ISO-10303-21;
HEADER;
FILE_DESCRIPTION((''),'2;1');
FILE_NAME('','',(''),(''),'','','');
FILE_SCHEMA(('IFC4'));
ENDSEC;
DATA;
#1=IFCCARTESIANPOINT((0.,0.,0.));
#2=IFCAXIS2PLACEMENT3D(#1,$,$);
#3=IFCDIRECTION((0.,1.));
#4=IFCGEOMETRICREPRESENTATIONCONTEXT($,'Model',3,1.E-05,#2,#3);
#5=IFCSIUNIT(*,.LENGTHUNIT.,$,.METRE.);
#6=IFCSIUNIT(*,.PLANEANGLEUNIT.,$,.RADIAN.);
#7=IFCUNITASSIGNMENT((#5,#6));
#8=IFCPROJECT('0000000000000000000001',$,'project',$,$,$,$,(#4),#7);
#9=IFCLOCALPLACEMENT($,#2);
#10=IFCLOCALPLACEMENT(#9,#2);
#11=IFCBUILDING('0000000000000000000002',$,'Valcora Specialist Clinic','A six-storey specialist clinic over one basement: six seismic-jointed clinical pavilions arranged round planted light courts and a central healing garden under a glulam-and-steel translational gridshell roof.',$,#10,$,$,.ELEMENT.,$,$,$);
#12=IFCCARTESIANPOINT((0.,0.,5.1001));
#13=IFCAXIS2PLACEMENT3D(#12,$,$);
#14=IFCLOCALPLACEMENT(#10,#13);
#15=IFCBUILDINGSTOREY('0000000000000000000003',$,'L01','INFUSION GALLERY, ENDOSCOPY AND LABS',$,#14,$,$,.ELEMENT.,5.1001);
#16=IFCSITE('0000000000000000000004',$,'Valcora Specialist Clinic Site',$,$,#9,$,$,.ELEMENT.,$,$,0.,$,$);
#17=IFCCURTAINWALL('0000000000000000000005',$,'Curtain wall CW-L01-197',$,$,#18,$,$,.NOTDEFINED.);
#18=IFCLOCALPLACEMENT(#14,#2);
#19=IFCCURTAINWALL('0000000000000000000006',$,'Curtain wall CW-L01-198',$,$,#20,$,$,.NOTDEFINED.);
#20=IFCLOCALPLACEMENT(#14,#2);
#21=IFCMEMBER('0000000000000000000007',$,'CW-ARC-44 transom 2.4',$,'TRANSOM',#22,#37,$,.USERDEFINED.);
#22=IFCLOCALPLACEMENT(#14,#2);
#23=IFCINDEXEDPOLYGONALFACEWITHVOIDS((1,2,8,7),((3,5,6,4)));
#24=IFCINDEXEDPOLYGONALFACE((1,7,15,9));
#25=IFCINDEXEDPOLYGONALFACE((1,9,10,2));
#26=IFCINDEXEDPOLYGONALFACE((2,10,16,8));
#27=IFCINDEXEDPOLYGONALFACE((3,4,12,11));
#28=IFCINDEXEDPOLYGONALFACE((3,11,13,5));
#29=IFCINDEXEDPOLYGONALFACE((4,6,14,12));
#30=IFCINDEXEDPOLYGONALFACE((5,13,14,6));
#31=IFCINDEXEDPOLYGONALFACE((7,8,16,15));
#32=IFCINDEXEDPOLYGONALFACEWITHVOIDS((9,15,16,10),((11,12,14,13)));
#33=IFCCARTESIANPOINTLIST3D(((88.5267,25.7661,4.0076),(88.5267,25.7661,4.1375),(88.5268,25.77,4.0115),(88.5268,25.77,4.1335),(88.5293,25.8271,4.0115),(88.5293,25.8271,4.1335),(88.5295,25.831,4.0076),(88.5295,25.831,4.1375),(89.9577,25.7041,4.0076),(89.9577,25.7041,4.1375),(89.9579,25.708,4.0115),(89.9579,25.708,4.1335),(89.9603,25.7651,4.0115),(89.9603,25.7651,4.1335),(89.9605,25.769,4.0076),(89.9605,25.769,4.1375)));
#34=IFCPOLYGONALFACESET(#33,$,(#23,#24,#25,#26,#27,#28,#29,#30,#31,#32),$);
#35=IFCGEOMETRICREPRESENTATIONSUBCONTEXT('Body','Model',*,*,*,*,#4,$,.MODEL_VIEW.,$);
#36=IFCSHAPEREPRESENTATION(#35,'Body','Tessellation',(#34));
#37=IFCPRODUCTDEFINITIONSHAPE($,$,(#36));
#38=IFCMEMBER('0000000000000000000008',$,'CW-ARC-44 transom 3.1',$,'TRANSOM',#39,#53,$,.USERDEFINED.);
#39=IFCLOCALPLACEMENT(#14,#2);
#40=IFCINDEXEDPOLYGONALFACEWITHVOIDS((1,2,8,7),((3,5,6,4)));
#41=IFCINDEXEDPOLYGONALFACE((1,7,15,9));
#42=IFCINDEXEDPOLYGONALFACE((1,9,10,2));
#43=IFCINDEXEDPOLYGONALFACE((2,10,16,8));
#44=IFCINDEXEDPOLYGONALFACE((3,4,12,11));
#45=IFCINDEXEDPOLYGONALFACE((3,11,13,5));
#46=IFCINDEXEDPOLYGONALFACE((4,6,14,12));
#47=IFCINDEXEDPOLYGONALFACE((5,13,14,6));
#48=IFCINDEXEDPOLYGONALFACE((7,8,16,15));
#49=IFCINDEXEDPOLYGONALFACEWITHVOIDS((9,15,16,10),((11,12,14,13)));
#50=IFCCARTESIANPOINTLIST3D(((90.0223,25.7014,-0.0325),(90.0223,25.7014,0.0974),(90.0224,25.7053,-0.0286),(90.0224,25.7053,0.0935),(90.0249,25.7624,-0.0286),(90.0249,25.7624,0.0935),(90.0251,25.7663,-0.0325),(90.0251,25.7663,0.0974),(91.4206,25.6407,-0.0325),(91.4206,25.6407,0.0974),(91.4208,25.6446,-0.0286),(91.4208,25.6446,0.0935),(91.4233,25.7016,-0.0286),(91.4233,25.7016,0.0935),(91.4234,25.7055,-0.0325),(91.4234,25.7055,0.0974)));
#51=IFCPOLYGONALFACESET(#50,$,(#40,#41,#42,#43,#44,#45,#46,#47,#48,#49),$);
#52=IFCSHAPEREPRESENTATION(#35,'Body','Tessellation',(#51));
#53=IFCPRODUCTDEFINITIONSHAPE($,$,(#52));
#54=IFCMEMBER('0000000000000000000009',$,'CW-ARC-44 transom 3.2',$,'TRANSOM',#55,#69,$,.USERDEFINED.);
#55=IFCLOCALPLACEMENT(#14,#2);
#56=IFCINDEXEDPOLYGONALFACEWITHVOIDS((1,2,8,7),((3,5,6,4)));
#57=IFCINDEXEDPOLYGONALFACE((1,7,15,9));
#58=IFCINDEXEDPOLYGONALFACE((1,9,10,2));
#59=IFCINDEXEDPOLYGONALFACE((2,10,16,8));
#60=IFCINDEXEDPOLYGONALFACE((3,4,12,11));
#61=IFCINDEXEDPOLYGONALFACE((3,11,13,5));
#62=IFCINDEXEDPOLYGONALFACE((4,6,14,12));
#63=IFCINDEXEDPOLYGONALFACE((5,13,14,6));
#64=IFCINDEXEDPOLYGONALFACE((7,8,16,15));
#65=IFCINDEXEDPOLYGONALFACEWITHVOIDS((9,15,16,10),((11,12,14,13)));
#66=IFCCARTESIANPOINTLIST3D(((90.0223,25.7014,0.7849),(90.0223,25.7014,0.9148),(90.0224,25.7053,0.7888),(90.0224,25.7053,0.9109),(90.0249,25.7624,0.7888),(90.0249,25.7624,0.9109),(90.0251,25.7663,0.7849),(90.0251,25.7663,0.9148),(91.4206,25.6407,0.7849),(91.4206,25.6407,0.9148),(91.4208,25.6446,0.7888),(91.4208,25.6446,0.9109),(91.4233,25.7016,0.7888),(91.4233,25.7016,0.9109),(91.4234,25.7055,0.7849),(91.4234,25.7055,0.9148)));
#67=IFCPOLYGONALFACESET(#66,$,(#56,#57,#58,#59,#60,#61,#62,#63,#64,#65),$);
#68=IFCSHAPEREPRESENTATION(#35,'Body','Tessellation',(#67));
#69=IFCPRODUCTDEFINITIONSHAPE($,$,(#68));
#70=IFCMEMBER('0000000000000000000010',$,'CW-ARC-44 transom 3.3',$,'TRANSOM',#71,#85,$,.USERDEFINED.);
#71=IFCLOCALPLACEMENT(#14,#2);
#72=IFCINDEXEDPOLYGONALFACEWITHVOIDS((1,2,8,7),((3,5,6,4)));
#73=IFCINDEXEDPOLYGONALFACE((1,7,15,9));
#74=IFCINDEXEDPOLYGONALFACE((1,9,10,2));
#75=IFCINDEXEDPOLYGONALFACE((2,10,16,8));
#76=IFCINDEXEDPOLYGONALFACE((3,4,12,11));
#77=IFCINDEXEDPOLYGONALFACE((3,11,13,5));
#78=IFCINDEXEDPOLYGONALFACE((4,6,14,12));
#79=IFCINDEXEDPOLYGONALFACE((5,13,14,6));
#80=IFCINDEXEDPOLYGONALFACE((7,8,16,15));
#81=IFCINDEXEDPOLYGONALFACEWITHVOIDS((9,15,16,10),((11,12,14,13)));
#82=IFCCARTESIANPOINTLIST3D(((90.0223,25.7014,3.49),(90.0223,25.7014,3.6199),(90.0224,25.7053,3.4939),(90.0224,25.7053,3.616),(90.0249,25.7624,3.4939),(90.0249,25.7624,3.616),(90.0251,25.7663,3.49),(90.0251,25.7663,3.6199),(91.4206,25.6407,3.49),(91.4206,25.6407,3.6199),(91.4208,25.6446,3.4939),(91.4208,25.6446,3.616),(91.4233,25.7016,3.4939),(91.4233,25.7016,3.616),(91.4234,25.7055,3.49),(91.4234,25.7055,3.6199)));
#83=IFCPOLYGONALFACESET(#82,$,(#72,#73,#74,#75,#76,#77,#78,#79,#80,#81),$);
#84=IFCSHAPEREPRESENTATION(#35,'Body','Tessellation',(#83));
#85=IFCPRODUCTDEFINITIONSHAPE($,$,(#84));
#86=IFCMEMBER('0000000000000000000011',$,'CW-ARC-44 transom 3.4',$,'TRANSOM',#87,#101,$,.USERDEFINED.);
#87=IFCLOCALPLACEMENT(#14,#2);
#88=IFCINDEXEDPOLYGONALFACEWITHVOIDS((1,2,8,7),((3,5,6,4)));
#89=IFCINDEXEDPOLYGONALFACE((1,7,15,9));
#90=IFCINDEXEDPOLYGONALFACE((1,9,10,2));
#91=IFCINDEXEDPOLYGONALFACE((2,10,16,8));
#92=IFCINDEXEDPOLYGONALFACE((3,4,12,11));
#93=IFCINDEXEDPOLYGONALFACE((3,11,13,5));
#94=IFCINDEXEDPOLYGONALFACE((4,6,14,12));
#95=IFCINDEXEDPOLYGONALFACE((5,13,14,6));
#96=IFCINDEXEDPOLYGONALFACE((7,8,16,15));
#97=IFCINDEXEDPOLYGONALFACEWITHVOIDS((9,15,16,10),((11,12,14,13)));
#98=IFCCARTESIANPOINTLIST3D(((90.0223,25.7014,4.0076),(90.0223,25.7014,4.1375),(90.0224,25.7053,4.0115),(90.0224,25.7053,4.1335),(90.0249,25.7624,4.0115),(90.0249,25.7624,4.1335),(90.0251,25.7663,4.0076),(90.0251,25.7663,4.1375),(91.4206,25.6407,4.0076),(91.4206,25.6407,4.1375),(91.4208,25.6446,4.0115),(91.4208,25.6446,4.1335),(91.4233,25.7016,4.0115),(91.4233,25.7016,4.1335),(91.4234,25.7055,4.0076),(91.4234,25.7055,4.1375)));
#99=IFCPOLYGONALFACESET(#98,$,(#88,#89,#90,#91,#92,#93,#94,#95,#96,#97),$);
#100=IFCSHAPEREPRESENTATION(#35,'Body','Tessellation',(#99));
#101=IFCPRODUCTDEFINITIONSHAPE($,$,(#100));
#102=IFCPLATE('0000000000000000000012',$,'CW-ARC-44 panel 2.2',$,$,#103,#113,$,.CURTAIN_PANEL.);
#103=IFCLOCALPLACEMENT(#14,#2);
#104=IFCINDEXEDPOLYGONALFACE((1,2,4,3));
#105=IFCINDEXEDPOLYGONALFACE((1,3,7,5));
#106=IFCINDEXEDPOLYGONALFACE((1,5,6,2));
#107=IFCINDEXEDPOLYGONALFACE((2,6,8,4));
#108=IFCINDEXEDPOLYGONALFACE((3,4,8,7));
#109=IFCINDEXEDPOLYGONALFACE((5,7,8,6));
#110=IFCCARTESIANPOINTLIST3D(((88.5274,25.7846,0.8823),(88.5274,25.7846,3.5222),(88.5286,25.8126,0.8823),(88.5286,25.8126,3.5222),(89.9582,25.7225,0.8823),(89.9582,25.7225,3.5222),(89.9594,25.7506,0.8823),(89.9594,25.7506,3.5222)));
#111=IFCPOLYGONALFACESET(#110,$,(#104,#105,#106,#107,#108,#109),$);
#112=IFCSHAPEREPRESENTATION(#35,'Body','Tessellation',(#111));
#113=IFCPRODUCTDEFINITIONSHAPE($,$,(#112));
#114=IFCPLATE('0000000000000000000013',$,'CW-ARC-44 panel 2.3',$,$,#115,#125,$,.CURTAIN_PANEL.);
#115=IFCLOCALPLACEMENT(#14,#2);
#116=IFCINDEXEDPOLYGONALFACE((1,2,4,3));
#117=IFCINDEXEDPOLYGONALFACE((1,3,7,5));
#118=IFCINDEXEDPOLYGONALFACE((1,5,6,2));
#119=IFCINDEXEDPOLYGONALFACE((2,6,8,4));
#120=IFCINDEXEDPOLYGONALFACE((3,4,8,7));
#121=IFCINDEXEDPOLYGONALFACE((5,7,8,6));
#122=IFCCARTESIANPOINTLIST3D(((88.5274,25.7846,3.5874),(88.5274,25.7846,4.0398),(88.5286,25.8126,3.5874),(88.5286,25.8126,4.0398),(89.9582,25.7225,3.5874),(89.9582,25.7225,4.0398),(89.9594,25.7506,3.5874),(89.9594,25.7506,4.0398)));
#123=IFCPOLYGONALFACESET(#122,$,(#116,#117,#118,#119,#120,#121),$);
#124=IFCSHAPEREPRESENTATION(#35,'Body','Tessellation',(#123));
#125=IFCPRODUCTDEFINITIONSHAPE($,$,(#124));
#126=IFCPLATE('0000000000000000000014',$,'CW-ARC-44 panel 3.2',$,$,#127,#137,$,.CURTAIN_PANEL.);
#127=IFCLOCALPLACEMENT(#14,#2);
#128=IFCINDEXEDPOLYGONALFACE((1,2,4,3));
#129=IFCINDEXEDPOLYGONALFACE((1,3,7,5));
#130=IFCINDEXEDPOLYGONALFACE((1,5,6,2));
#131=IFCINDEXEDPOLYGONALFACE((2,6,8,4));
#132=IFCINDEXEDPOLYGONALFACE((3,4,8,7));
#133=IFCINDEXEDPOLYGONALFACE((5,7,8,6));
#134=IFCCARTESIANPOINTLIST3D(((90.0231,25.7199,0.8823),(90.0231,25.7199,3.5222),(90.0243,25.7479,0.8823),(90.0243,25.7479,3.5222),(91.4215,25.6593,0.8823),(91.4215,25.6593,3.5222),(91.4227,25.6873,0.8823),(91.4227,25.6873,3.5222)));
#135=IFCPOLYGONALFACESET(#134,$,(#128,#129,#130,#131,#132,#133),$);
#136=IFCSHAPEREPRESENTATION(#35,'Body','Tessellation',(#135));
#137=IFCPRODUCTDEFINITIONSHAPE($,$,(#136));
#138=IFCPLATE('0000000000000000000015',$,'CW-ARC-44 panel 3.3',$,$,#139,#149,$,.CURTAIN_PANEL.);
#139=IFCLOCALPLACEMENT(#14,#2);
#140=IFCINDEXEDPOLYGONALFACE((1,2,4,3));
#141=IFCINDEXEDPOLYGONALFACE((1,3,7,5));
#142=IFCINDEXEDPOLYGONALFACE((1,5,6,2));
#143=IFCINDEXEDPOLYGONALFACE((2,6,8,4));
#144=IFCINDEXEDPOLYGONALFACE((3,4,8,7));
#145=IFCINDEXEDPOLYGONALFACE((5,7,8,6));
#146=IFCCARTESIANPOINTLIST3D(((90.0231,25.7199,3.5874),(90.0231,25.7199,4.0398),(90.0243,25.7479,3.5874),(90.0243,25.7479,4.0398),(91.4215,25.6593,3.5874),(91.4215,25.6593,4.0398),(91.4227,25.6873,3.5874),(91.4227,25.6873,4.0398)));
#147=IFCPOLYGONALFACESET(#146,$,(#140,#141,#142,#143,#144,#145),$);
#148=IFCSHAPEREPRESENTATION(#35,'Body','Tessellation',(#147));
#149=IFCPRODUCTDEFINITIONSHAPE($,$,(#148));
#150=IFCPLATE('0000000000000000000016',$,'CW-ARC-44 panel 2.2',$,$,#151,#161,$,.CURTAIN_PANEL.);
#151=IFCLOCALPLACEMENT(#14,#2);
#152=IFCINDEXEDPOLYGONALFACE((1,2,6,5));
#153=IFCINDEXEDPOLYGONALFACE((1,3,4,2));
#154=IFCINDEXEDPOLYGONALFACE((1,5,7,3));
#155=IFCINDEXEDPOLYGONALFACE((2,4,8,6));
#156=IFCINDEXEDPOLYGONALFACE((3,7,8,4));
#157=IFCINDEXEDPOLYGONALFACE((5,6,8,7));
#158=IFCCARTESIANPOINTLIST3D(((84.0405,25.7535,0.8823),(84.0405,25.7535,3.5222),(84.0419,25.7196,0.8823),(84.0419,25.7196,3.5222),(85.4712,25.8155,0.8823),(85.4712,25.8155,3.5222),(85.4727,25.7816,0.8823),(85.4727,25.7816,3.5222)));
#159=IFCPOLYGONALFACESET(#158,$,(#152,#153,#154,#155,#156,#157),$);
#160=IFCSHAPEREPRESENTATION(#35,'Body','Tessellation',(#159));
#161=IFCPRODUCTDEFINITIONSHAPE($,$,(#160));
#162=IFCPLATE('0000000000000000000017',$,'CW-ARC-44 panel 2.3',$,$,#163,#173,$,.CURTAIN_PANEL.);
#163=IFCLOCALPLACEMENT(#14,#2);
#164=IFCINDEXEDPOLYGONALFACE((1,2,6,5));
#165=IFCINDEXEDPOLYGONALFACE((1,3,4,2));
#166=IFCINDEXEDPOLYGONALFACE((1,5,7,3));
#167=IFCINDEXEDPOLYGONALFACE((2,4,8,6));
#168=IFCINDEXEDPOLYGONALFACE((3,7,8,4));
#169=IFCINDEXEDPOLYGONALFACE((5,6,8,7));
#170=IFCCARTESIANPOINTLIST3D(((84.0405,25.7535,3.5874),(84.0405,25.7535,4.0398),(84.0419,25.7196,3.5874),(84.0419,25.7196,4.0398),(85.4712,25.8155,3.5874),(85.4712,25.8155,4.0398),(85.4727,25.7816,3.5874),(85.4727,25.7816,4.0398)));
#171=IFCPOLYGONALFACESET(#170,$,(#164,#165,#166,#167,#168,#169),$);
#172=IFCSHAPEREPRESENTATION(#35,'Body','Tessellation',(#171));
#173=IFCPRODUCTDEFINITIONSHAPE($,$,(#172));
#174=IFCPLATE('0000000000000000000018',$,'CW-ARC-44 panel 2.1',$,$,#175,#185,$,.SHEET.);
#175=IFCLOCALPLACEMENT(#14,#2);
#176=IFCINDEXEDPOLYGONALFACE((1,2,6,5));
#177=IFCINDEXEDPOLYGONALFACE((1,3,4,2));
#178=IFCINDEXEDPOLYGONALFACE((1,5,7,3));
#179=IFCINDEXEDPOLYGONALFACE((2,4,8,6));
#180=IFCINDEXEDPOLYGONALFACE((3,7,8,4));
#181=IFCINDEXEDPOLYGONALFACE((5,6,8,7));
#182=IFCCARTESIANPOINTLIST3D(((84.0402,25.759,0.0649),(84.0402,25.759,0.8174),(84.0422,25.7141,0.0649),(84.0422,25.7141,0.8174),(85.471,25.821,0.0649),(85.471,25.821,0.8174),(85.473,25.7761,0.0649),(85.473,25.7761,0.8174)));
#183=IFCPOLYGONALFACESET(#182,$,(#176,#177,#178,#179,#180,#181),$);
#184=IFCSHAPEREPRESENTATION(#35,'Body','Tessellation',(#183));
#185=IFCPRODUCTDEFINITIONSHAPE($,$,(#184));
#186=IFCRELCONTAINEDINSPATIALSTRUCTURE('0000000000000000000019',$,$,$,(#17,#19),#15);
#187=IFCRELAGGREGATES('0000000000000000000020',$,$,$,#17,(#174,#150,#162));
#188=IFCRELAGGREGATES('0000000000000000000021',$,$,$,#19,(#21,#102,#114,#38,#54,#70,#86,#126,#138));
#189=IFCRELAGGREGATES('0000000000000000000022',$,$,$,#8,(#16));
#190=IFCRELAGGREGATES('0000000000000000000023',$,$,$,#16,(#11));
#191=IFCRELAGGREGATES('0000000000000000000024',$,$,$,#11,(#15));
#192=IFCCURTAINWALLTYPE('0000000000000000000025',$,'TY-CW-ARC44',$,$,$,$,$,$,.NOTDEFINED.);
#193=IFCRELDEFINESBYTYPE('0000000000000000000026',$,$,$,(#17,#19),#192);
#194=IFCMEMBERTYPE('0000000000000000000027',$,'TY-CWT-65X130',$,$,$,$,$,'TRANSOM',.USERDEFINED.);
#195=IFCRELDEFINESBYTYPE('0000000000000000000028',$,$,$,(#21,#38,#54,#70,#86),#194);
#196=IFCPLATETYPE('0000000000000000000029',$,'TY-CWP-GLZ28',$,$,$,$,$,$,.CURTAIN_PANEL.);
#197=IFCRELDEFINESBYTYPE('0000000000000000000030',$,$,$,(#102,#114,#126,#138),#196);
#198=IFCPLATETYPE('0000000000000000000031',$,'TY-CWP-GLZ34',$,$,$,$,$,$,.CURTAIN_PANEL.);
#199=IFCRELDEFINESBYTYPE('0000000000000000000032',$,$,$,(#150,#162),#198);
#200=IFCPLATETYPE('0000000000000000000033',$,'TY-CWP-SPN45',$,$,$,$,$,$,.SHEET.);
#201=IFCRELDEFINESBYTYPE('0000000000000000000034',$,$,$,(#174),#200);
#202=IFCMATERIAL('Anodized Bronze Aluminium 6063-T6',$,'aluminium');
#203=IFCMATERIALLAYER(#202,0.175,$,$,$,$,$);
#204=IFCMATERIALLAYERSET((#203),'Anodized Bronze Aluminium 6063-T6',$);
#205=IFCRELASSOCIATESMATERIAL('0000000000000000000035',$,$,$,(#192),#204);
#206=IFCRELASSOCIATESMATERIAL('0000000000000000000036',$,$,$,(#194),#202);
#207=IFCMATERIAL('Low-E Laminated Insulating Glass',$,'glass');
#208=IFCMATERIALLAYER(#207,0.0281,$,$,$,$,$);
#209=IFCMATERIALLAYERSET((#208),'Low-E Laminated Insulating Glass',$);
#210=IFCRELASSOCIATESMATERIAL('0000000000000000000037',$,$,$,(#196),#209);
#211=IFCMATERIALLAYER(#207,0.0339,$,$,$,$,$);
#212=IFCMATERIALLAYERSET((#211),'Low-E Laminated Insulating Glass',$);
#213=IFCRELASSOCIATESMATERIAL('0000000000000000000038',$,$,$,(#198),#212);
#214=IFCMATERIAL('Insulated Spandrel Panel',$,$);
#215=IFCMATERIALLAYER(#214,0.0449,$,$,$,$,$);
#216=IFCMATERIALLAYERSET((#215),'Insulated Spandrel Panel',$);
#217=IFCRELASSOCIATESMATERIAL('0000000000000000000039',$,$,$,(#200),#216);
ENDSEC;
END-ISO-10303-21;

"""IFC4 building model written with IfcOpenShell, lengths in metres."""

from ifc_helpers import new_model, si_unit, direction, frame, origin, origin_2d, place, context, subcontext, project, spatial, rectangle, hollow_rectangle, extrude, material, layer, layer_set, material_profile, profile_set, type_object, element, aggregate, save


model = new_model("IFC4")

# Units and contexts
model_context = context("Model", 3, precision=1e-05, world=origin(), true_north=direction((0.0, 1.0)))
body_context = subcontext(model_context, "Body", "Model", "MODEL_VIEW")
ifc_project = project(units=[si_unit("LENGTHUNIT", "METRE"), si_unit("PLANEANGLEUNIT", "RADIAN")], contexts=[model_context])

# Site, building, storey
site_placement = place(None, origin())
site = spatial("IfcSite", under=ifc_project, at=site_placement, Name="Valcora Specialist Clinic Site", CompositionType="ELEMENT", RefElevation=0.0)
building_placement = place(site_placement, origin())
building = spatial("IfcBuilding", under=site, at=building_placement, Name="Valcora Specialist Clinic", Description="A six-storey specialist clinic over one basement: six seismic-jointed clinical pavilions arranged round planted light courts and a central healing garden under a glulam-and-steel translational gridshell roof.", CompositionType="ELEMENT")
storey_placement = place(building_placement, frame((0.0, 0.0, 5.1001)))
storey = spatial("IfcBuildingStorey", under=building, at=storey_placement, Name="L01", Description="INFUSION GALLERY, ENDOSCOPY AND LABS", CompositionType="ELEMENT", Elevation=5.1001)

# Curtain walls
ifc_material_1 = material(Name="Anodized Bronze Aluminium 6063-T6", Category="aluminium")
ifc_layer_1 = layer(ifc_material_1, 0.175)
ifc_layer_set_1 = layer_set([ifc_layer_1], Name="Anodized Bronze Aluminium 6063-T6")
curtain_wall_type = type_object("IfcCurtainWallType", Name="TY-CW-ARC44", PredefinedType="NOTDEFINED", material=ifc_layer_set_1)
curtain_wall_1_placement = place(storey_placement, origin())
curtain_wall_1 = element("IfcCurtainWall", 1, at=curtain_wall_1_placement, inside=storey, type_object=curtain_wall_type, Name="Curtain wall CW-L01-197", PredefinedType="NOTDEFINED")
curtain_wall_2_placement = place(storey_placement, origin())
curtain_wall_2 = element("IfcCurtainWall", 2, at=curtain_wall_2_placement, inside=storey, type_object=curtain_wall_type, Name="Curtain wall CW-L01-198", PredefinedType="NOTDEFINED")

# Members
ifc_material_profile_1 = material_profile(ifc_material_1, hollow_rectangle(XDim=0.0649, YDim=0.1299, WallThickness=0.0039, at=origin_2d()), Name="AL-TRN-65X130")
ifc_profile_set_1 = profile_set([ifc_material_profile_1], Name="Anodized Bronze Aluminium 6063-T6")
member_type_1 = type_object("IfcMemberType", Name="TY-CWT-65X130", ElementType="TRANSOM", PredefinedType="USERDEFINED", material=ifc_profile_set_1)
member_1_placement = place(storey_placement, frame((88.5281, 25.7986, 4.0725), z_axis=(0.999062, -0.043297, 0.0), x_axis=(0.043297, 0.999062, 0.0)))
member_1 = element("IfcMember", 3, at=member_1_placement, type_object=member_type_1, Name="CW-ARC-44 transom 2.4", ObjectType="TRANSOM", PredefinedType="USERDEFINED", context=body_context, shape_type="SweptSolid", body=[
    extrude(hollow_rectangle(XDim=0.0649, YDim=0.1299, WallThickness=0.0039, at=origin_2d()), origin(), (0.0, 0.0, 1.0), 1.4324),
])
member_2_placement = place(storey_placement, frame((90.0237, 25.7339, 0.0325), z_axis=(0.999056, -0.04343, 0.0), x_axis=(0.04343, 0.999056, 0.0)))
member_2 = element("IfcMember", 4, at=member_2_placement, type_object=member_type_1, Name="CW-ARC-44 transom 3.1", ObjectType="TRANSOM", PredefinedType="USERDEFINED", context=body_context, shape_type="SweptSolid", body=[
    extrude(hollow_rectangle(XDim=0.0649, YDim=0.1299, WallThickness=0.0039, at=origin_2d()), origin(), (0.0, 0.0, 1.0), 1.3997),
])
member_3_placement = place(storey_placement, frame((90.0237, 25.7339, 0.8499), z_axis=(0.999056, -0.04343, 0.0), x_axis=(0.04343, 0.999056, 0.0)))
member_3 = element("IfcMember", 5, at=member_3_placement, type_object=member_type_1, Name="CW-ARC-44 transom 3.2", ObjectType="TRANSOM", PredefinedType="USERDEFINED", context=body_context, shape_type="SweptSolid", body=[
    extrude(hollow_rectangle(XDim=0.0649, YDim=0.1299, WallThickness=0.0039, at=origin_2d()), origin(), (0.0, 0.0, 1.0), 1.3997),
])
member_4_placement = place(storey_placement, frame((90.0237, 25.7339, 3.5549), z_axis=(0.999056, -0.04343, 0.0), x_axis=(0.04343, 0.999056, 0.0)))
member_4 = element("IfcMember", 6, at=member_4_placement, type_object=member_type_1, Name="CW-ARC-44 transom 3.3", ObjectType="TRANSOM", PredefinedType="USERDEFINED", context=body_context, shape_type="SweptSolid", body=[
    extrude(hollow_rectangle(XDim=0.0649, YDim=0.1299, WallThickness=0.0039, at=origin_2d()), origin(), (0.0, 0.0, 1.0), 1.3997),
])
member_5_placement = place(storey_placement, frame((90.0237, 25.7339, 4.0725), z_axis=(0.999056, -0.04343, 0.0), x_axis=(0.04343, 0.999056, 0.0)))
member_5 = element("IfcMember", 7, at=member_5_placement, type_object=member_type_1, Name="CW-ARC-44 transom 3.4", ObjectType="TRANSOM", PredefinedType="USERDEFINED", context=body_context, shape_type="SweptSolid", body=[
    extrude(hollow_rectangle(XDim=0.0649, YDim=0.1299, WallThickness=0.0039, at=origin_2d()), origin(), (0.0, 0.0, 1.0), 1.3997),
])

# Plates
ifc_material_2 = material(Name="Low-E Laminated Insulating Glass", Category="glass")
ifc_layer_2 = layer(ifc_material_2, 0.0281)
ifc_layer_set_2 = layer_set([ifc_layer_2], Name="Low-E Laminated Insulating Glass")
plate_type_1 = type_object("IfcPlateType", Name="TY-CWP-GLZ28", PredefinedType="CURTAIN_PANEL", material=ifc_layer_set_2)
plate_1_placement = place(storey_placement, frame((89.2434, 25.7676, 0.8823), z_axis=(0.0, 0.0, 1.0), x_axis=(0.999062, -0.043307, 0.0)))
plate_1 = element("IfcPlate", 8, at=plate_1_placement, type_object=plate_type_1, Name="CW-ARC-44 panel 2.2", PredefinedType="CURTAIN_PANEL", context=body_context, shape_type="SweptSolid", body=[
    extrude(rectangle(XDim=1.4321, YDim=0.0281, at=origin_2d()), origin(), (0.0, 0.0, 1.0), 2.6399),
])
plate_2_placement = place(storey_placement, frame((89.2434, 25.7676, 3.5874), z_axis=(0.0, 0.0, 1.0), x_axis=(0.999062, -0.043307, 0.0)))
plate_2 = element("IfcPlate", 9, at=plate_2_placement, type_object=plate_type_1, Name="CW-ARC-44 panel 2.3", PredefinedType="CURTAIN_PANEL", context=body_context, shape_type="SweptSolid", body=[
    extrude(rectangle(XDim=1.4321, YDim=0.0281, at=origin_2d()), origin(), (0.0, 0.0, 1.0), 0.4524),
])
plate_3_placement = place(storey_placement, frame((90.7229, 25.7036, 0.8823), z_axis=(0.0, 0.0, 1.0), x_axis=(0.999062, -0.043307, 0.0)))
plate_3 = element("IfcPlate", 10, at=plate_3_placement, type_object=plate_type_1, Name="CW-ARC-44 panel 3.2", PredefinedType="CURTAIN_PANEL", context=body_context, shape_type="SweptSolid", body=[
    extrude(rectangle(XDim=1.3997, YDim=0.0281, at=origin_2d()), origin(), (0.0, 0.0, 1.0), 2.6399),
])
plate_4_placement = place(storey_placement, frame((90.7229, 25.7036, 3.5874), z_axis=(0.0, 0.0, 1.0), x_axis=(0.999062, -0.043307, 0.0)))
plate_4 = element("IfcPlate", 11, at=plate_4_placement, type_object=plate_type_1, Name="CW-ARC-44 panel 3.3", PredefinedType="CURTAIN_PANEL", context=body_context, shape_type="SweptSolid", body=[
    extrude(rectangle(XDim=1.3997, YDim=0.0281, at=origin_2d()), origin(), (0.0, 0.0, 1.0), 0.4524),
])
ifc_layer_3 = layer(ifc_material_2, 0.0339)
ifc_layer_set_3 = layer_set([ifc_layer_3], Name="Low-E Laminated Insulating Glass")
plate_type_2 = type_object("IfcPlateType", Name="TY-CWP-GLZ34", PredefinedType="CURTAIN_PANEL", material=ifc_layer_set_3)
plate_5_placement = place(storey_placement, frame((84.7566, 25.7676, 0.8823), z_axis=(0.0, 0.0, 1.0), x_axis=(0.999062, 0.043307, 0.0)))
plate_5 = element("IfcPlate", 12, at=plate_5_placement, type_object=plate_type_2, Name="CW-ARC-44 panel 2.2", PredefinedType="CURTAIN_PANEL", context=body_context, shape_type="SweptSolid", body=[
    extrude(rectangle(XDim=1.4321, YDim=0.0339, at=origin_2d()), origin(), (0.0, 0.0, 1.0), 2.6399),
])
plate_6_placement = place(storey_placement, frame((84.7566, 25.7676, 3.5874), z_axis=(0.0, 0.0, 1.0), x_axis=(0.999062, 0.043307, 0.0)))
plate_6 = element("IfcPlate", 13, at=plate_6_placement, type_object=plate_type_2, Name="CW-ARC-44 panel 2.3", PredefinedType="CURTAIN_PANEL", context=body_context, shape_type="SweptSolid", body=[
    extrude(rectangle(XDim=1.4321, YDim=0.0339, at=origin_2d()), origin(), (0.0, 0.0, 1.0), 0.4524),
])
ifc_material_3 = material(Name="Insulated Spandrel Panel")
ifc_layer_4 = layer(ifc_material_3, 0.0449)
ifc_layer_set_4 = layer_set([ifc_layer_4], Name="Insulated Spandrel Panel")
plate_type_3 = type_object("IfcPlateType", Name="TY-CWP-SPN45", PredefinedType="SHEET", material=ifc_layer_set_4)
plate_7_placement = place(storey_placement, frame((84.7566, 25.7676, 0.0649), z_axis=(0.0, 0.0, 1.0), x_axis=(0.999062, 0.043307, 0.0)))
plate_7 = element("IfcPlate", 14, at=plate_7_placement, type_object=plate_type_3, Name="CW-ARC-44 panel 2.1", PredefinedType="SHEET", context=body_context, shape_type="SweptSolid", body=[
    extrude(rectangle(XDim=1.4321, YDim=0.0449, at=origin_2d()), origin(), (0.0, 0.0, 1.0), 0.7524),
])
aggregate(curtain_wall_1, [plate_7, plate_5, plate_6])
aggregate(curtain_wall_2, [member_1, plate_1, plate_2, member_2, member_3, member_4, member_5, plate_3, plate_4])

save(model, "model.ifc")
